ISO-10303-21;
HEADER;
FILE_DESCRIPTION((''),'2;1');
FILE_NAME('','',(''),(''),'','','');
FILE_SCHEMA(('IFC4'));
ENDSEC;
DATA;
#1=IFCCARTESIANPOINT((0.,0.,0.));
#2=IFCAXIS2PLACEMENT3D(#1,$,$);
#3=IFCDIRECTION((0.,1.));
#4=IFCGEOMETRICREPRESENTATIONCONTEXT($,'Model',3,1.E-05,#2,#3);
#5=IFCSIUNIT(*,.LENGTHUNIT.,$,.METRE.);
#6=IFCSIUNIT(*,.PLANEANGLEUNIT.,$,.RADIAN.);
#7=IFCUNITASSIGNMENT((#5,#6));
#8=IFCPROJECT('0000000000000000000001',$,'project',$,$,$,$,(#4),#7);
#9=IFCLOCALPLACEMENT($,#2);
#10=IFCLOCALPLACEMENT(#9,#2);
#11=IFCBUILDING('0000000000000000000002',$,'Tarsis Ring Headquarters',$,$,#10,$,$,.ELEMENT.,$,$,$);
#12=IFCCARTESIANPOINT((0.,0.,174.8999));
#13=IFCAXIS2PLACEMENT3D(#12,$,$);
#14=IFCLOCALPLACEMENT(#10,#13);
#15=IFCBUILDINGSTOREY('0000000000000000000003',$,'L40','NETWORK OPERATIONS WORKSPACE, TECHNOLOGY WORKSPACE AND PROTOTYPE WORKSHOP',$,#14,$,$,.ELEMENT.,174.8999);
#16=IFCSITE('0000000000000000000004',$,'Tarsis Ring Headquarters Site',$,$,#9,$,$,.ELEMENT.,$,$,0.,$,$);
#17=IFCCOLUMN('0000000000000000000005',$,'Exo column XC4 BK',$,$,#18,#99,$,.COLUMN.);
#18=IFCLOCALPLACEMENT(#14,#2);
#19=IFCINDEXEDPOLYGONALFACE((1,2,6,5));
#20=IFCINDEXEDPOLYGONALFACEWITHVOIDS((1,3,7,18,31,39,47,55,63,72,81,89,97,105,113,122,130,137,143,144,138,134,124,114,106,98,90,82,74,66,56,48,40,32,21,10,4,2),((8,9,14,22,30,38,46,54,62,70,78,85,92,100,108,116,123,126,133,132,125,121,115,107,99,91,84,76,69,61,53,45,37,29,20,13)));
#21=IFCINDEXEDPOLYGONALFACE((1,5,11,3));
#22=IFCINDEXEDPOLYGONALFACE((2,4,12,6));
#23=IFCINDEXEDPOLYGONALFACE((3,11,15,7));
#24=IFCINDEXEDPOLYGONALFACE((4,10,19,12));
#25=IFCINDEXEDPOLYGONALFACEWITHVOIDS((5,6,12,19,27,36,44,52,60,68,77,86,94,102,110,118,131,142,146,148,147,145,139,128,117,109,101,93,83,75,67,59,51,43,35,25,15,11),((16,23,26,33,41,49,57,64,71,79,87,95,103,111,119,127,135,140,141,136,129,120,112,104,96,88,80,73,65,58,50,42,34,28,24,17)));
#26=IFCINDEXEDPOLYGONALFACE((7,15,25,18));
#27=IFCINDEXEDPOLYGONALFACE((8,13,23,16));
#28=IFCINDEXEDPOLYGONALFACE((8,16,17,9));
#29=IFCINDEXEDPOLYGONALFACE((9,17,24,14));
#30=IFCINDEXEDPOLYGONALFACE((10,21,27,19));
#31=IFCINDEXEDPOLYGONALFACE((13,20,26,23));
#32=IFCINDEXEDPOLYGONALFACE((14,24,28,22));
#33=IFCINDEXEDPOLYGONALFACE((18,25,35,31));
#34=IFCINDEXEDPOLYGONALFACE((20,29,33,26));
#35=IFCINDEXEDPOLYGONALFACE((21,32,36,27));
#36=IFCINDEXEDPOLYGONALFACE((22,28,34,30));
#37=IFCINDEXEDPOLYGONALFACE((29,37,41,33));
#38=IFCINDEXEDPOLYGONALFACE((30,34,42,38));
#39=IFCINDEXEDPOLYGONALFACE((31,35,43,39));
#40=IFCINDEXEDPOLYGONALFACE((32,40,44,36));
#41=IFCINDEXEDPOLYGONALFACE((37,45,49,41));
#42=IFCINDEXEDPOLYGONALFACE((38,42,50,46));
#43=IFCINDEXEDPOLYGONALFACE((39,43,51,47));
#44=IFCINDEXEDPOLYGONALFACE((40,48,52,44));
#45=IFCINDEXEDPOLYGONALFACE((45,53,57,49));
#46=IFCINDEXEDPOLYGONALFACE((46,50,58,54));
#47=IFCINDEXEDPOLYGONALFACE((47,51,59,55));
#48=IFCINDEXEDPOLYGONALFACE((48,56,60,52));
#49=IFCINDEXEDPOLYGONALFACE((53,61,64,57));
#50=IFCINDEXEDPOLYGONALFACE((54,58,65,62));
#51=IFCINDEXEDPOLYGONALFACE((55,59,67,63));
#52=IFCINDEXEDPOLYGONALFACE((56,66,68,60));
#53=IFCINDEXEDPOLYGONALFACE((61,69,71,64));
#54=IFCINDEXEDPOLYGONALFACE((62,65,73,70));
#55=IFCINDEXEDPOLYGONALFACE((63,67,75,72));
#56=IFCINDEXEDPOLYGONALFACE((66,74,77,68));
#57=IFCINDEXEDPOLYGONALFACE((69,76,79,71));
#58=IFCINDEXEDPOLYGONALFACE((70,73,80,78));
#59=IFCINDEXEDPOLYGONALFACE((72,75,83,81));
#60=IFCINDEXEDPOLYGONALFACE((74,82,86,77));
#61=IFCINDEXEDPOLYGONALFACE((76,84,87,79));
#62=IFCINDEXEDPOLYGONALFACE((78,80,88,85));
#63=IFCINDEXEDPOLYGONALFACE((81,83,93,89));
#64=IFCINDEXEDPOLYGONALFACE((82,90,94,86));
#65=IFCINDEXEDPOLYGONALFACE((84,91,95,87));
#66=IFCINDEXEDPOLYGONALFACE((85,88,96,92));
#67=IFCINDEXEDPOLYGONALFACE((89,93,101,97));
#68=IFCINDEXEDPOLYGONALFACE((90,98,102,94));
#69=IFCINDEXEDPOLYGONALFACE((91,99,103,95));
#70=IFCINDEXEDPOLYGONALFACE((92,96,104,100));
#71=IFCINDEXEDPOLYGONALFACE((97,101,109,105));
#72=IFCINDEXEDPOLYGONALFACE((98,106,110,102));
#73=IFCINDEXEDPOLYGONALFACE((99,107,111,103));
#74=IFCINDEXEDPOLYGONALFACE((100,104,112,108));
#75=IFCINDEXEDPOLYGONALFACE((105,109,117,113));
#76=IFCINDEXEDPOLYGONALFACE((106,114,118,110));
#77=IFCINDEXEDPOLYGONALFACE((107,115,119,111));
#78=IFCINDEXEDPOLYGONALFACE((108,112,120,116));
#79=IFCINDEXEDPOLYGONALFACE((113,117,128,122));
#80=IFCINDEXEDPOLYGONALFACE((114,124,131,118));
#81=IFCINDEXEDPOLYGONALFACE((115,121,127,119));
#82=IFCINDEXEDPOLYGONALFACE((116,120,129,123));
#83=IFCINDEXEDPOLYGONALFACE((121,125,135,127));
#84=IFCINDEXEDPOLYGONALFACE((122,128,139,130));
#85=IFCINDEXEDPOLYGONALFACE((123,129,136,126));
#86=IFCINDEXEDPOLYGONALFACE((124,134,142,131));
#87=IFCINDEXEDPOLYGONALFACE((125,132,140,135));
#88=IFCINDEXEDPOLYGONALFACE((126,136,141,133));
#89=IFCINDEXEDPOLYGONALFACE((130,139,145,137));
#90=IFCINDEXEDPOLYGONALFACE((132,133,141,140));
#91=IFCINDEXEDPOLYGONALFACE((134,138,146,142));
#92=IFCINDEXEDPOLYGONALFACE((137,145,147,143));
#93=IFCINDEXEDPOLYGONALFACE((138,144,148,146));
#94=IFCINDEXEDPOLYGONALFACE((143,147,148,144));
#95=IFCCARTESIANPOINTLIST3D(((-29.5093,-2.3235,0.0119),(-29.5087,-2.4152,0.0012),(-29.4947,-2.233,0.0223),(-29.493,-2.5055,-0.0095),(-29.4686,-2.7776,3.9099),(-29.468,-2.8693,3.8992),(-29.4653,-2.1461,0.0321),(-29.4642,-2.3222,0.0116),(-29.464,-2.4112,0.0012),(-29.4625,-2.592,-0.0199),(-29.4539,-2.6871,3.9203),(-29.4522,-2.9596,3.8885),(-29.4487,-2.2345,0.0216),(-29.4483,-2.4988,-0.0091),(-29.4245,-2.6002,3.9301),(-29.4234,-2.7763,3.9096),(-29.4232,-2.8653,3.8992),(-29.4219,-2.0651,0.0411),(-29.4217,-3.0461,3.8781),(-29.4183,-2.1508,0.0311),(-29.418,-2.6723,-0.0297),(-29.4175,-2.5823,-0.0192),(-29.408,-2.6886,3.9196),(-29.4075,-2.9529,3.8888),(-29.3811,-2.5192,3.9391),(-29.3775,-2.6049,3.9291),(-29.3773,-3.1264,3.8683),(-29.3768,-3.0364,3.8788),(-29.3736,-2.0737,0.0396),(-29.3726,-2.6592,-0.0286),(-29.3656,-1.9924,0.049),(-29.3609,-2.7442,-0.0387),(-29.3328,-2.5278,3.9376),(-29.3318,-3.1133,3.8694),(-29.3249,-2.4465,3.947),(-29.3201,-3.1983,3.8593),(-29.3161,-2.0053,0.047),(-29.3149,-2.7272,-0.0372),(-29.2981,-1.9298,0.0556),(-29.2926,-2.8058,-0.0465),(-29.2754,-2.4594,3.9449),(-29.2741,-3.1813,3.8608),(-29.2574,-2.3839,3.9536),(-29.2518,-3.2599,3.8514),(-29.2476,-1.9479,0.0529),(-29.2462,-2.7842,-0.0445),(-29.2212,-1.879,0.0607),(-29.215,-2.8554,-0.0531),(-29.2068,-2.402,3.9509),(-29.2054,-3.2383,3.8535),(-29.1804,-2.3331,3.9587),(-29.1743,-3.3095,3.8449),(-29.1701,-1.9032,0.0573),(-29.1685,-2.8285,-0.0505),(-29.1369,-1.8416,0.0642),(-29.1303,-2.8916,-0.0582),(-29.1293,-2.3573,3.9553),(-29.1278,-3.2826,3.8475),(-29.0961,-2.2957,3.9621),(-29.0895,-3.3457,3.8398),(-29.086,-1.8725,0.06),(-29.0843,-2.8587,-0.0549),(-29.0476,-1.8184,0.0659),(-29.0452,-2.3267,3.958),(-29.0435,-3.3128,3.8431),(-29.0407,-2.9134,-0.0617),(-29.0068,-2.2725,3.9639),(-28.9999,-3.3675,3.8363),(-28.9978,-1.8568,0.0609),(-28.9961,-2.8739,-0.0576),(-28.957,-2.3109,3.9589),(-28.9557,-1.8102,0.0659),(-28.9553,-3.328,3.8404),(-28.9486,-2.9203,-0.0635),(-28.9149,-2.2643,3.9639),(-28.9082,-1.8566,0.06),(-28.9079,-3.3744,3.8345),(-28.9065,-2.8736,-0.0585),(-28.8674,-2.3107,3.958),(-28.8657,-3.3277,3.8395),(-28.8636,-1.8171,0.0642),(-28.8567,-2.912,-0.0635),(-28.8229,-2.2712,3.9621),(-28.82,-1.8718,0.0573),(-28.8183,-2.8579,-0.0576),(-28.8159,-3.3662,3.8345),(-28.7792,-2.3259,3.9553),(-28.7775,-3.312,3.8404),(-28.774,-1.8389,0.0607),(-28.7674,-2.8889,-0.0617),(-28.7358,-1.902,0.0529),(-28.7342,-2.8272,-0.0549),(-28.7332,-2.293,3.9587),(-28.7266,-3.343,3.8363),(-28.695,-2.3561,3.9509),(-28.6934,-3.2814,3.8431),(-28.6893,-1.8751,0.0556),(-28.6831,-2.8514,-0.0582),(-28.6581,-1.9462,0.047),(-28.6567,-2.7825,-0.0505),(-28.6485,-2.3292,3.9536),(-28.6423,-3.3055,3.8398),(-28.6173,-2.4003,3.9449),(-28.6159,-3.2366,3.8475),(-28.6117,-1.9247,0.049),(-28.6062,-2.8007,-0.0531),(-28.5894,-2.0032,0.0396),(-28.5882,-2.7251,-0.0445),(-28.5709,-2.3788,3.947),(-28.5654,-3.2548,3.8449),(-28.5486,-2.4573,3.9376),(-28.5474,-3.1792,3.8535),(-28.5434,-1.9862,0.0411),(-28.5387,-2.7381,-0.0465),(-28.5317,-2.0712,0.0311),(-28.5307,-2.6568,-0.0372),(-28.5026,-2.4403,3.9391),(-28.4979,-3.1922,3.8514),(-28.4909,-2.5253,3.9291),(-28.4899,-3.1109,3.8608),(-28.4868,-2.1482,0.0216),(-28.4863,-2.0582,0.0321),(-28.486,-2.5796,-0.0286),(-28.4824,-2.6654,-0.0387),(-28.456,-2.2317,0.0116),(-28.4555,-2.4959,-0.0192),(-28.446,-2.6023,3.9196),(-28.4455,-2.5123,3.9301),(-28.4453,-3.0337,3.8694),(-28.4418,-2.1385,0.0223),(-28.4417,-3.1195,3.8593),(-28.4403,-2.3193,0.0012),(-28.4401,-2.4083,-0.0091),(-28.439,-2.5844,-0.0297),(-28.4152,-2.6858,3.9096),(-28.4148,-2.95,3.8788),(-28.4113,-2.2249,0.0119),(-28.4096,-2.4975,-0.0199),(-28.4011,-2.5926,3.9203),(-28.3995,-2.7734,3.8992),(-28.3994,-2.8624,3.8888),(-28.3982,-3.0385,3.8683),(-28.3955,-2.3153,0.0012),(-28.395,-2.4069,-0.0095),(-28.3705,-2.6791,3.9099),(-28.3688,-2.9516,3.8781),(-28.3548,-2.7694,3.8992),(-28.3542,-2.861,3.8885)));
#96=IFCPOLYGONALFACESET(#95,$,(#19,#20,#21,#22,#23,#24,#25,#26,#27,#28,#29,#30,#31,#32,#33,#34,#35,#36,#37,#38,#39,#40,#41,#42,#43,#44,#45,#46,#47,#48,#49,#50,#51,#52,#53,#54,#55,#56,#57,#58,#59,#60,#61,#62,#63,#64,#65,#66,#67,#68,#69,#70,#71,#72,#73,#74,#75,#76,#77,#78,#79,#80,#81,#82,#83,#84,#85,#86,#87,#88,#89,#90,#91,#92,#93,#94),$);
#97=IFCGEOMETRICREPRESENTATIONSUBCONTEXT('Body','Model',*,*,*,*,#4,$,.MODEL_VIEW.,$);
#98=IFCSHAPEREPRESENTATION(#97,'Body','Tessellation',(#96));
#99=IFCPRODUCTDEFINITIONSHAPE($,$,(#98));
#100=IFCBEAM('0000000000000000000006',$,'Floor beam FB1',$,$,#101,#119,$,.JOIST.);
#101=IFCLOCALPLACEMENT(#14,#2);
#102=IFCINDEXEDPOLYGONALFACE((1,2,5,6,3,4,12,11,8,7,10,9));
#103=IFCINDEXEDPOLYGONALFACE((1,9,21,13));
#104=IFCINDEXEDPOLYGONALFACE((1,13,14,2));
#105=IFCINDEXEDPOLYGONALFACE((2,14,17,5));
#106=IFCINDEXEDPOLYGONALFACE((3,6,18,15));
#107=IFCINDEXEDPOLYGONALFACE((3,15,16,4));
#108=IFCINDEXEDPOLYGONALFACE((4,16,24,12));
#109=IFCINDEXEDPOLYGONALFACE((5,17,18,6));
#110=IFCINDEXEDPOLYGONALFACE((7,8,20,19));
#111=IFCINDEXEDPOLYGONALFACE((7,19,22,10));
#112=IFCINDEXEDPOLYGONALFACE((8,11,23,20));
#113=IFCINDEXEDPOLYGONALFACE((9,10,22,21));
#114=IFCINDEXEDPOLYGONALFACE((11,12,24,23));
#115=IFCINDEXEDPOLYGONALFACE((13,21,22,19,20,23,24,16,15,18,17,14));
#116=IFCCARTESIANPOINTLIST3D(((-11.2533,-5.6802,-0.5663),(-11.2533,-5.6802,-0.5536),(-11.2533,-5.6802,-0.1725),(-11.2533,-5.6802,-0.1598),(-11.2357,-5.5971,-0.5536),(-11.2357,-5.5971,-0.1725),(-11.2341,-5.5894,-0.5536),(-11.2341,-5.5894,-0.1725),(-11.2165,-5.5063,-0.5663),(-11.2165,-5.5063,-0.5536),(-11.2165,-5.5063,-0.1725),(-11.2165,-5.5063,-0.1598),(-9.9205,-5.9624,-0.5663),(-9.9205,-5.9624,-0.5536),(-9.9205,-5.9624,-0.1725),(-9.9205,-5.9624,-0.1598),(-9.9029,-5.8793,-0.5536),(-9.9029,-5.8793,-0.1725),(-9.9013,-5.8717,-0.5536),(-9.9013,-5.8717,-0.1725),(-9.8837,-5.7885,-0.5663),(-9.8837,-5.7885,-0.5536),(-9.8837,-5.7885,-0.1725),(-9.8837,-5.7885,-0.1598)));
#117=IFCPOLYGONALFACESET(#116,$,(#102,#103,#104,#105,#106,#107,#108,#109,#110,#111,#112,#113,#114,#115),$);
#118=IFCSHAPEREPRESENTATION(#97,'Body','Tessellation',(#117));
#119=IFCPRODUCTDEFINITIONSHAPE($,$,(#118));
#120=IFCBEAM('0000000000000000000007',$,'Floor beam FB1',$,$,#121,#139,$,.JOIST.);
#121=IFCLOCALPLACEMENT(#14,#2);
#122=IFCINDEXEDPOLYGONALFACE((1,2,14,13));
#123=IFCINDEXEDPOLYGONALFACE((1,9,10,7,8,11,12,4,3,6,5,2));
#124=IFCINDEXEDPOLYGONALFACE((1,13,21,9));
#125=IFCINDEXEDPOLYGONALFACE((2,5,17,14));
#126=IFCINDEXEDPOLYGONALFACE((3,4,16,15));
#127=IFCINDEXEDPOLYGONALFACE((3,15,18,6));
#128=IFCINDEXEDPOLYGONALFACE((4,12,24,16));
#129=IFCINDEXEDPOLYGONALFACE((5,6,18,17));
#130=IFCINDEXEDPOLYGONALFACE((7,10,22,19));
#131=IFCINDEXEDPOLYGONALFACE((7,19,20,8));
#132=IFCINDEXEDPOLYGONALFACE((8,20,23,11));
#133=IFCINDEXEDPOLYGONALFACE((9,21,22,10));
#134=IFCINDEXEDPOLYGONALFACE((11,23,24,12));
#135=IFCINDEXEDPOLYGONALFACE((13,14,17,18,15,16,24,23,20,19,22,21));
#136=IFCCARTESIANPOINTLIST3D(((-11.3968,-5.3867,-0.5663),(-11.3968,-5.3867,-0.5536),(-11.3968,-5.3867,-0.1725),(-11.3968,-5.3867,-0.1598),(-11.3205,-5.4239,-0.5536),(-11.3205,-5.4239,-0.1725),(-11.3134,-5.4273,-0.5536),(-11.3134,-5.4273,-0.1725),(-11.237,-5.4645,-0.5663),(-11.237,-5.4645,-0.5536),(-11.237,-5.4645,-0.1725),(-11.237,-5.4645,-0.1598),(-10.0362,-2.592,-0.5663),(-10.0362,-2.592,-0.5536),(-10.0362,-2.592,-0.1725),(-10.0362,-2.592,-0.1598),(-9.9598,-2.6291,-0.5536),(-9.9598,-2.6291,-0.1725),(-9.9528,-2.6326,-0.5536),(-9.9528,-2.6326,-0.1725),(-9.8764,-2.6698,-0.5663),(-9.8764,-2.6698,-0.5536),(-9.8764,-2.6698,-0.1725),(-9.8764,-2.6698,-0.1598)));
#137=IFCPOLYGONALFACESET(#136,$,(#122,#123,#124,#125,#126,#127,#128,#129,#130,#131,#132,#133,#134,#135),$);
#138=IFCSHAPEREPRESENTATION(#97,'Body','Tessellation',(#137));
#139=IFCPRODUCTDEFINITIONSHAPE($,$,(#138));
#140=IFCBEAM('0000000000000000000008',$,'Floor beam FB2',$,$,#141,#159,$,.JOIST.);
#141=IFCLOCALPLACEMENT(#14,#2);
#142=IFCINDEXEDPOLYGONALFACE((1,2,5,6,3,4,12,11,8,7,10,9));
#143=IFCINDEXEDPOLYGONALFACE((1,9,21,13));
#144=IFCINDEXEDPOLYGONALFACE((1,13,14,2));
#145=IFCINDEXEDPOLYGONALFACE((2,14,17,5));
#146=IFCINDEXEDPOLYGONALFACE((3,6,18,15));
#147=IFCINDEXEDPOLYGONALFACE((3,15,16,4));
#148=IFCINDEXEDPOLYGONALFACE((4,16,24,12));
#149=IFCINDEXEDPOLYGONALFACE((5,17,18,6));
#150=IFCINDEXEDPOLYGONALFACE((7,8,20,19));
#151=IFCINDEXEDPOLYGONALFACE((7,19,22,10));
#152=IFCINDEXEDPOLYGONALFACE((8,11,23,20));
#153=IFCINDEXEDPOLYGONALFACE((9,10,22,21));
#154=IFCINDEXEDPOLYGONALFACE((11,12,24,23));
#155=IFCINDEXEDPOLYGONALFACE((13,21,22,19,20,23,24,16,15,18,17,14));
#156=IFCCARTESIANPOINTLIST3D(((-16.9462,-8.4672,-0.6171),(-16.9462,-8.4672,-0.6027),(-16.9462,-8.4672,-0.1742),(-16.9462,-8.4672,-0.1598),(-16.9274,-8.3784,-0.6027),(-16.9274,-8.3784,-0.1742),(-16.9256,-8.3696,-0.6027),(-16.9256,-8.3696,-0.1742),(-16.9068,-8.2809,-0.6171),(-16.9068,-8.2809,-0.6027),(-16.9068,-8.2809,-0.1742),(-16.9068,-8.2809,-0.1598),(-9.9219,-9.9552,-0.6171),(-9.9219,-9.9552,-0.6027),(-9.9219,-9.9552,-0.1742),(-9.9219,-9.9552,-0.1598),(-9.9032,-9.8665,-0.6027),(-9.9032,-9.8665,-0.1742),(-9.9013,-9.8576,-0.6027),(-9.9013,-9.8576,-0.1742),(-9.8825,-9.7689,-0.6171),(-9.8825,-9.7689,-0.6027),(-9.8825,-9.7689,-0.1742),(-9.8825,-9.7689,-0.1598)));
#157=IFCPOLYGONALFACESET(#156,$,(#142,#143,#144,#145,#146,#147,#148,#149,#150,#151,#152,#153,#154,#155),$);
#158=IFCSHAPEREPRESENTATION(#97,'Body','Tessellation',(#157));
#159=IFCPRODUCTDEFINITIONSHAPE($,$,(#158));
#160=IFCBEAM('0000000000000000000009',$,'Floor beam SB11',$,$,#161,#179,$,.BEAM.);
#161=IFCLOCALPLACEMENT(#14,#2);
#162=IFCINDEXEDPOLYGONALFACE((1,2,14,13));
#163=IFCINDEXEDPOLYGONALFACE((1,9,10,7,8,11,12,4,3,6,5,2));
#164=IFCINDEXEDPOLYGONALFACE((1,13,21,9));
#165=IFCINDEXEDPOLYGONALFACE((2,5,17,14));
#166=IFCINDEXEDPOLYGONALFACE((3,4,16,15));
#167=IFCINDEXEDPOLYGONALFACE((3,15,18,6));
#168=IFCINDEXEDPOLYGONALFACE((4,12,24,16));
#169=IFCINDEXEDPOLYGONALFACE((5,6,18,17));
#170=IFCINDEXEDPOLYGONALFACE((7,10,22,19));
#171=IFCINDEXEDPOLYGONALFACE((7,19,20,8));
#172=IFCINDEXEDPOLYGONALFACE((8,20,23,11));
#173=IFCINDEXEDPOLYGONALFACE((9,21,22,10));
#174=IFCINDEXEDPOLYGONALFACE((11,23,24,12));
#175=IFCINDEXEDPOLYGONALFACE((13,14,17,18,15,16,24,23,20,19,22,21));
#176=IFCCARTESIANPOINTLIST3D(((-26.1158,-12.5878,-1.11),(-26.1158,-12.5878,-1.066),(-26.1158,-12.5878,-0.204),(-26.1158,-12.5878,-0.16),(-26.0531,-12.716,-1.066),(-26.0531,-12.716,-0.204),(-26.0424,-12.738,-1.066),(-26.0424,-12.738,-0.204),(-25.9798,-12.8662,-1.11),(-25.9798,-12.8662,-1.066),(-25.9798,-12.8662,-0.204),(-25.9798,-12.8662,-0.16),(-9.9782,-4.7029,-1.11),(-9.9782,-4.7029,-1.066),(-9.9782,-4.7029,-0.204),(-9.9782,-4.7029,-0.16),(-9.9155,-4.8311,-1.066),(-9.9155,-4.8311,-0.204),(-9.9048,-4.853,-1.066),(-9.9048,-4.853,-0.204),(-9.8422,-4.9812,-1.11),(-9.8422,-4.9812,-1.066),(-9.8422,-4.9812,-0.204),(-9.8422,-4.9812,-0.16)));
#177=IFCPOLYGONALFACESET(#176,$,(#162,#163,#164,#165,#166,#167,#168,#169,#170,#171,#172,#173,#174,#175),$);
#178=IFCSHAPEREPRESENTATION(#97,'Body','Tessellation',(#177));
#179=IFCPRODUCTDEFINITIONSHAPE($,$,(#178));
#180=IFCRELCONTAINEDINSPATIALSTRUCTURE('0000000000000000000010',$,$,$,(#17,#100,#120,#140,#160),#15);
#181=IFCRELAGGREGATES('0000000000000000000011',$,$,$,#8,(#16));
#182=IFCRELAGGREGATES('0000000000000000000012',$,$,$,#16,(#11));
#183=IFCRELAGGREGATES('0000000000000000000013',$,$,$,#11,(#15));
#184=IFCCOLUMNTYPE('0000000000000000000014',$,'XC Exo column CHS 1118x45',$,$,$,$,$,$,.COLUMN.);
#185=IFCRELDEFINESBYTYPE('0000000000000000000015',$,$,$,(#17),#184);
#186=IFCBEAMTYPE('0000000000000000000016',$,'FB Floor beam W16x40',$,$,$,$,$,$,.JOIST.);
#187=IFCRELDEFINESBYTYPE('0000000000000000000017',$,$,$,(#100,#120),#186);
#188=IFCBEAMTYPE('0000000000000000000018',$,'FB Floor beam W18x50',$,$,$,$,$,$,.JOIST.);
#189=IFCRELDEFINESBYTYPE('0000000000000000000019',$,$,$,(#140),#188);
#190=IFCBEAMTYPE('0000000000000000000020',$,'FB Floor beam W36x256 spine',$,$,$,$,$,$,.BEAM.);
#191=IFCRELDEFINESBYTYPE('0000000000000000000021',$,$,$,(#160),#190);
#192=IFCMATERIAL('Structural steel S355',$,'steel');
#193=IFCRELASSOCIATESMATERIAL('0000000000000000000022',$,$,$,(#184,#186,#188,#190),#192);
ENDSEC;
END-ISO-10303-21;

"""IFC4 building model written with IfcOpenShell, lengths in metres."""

from ifc_helpers import new_model, si_unit, direction, frame, origin, origin_2d, place, context, subcontext, project, spatial, hollow_circle, i_section, extrude, material, material_profile, profile_set, type_object, element, save


model = new_model("IFC4")

# Units and contexts
model_context = context("Model", 3, precision=1e-05, world=origin(), true_north=direction((0.0, 1.0)))
body_context = subcontext(model_context, "Body", "Model", "MODEL_VIEW")
ifc_project = project(units=[si_unit("LENGTHUNIT", "METRE"), si_unit("PLANEANGLEUNIT", "RADIAN")], contexts=[model_context])

# Site, building, storey
site_placement = place(None, origin())
site = spatial("IfcSite", under=ifc_project, at=site_placement, Name="Tarsis Ring Headquarters Site", CompositionType="ELEMENT", RefElevation=0.0)
building_placement = place(site_placement, origin())
building = spatial("IfcBuilding", under=site, at=building_placement, Name="Tarsis Ring Headquarters", CompositionType="ELEMENT")
storey_placement = place(building_placement, frame((0.0, 0.0, 174.8999)))
storey = spatial("IfcBuildingStorey", under=building, at=storey_placement, Name="L40", Description="NETWORK OPERATIONS WORKSPACE, TECHNOLOGY WORKSPACE AND PROTOTYPE WORKSHOP", CompositionType="ELEMENT", Elevation=174.8999)

# Column
ifc_material_1 = material(Name="Structural steel S355", Category="steel")
ifc_material_profile_1 = material_profile(ifc_material_1, hollow_circle(Radius=0.5588, WallThickness=0.0449, at=origin_2d()), Name="CHS 1118x45")
ifc_profile_set_1 = profile_set([ifc_material_profile_1], Name="Structural steel S355")
column_type = type_object("IfcColumnType", Name="XC Exo column CHS 1118x45", PredefinedType="COLUMN", material=ifc_profile_set_1)
column_placement = place(storey_placement, frame((-28.9521, -2.3652, 0.0012), z_axis=(0.010389, -0.115709, 0.993229), x_axis=(0.995994, 0.089425, 0.0)))
element("IfcColumn", 1, at=column_placement, inside=storey, type_object=column_type, Name="Exo column XC4 BK", PredefinedType="COLUMN", context=body_context, shape_type="SweptSolid", body=[
    extrude(hollow_circle(Radius=0.5588, WallThickness=0.0449, at=origin_2d()), origin(), (0.0, 0.0, 1.0), 3.9246),
])

# Beams
ifc_material_profile_2 = material_profile(ifc_material_1, i_section(OverallWidth=0.1777, OverallDepth=0.4065, WebThickness=0.0078, FlangeThickness=0.0127, at=origin_2d()), Name="W16x40")
ifc_profile_set_2 = profile_set([ifc_material_profile_2], Name="Structural steel S355")
beam_type_1 = type_object("IfcBeamType", Name="FB Floor beam W16x40", PredefinedType="JOIST", material=ifc_profile_set_2)
beam_1_placement = place(storey_placement, frame((-11.2349, -5.5933, -0.363), z_axis=(0.978306, -0.207166, 0.0), x_axis=(0.207166, 0.978306, 0.0)))
element("IfcBeam", 2, at=beam_1_placement, inside=storey, type_object=beam_type_1, Name="Floor beam FB1", PredefinedType="JOIST", context=body_context, shape_type="SweptSolid", body=[
    extrude(i_section(OverallWidth=0.1777, OverallDepth=0.4065, WebThickness=0.0078, FlangeThickness=0.0127, at=origin_2d()), origin(), (0.0, 0.0, 1.0), 1.3623),
])
beam_2_placement = place(storey_placement, frame((-9.9563, -2.6309, -0.363), z_axis=(-0.437732, -0.899106, 0.0), x_axis=(0.899106, -0.437732, 0.0)))
element("IfcBeam", 3, at=beam_2_placement, inside=storey, type_object=beam_type_1, Name="Floor beam FB1", PredefinedType="JOIST", context=body_context, shape_type="SweptSolid", body=[
    extrude(i_section(OverallWidth=0.1777, OverallDepth=0.4065, WebThickness=0.0078, FlangeThickness=0.0127, at=origin_2d()), origin(), (0.0, 0.0, 1.0), 3.1084),
])
ifc_material_profile_3 = material_profile(ifc_material_1, i_section(OverallWidth=0.1904, OverallDepth=0.4573, WebThickness=0.009, FlangeThickness=0.0144, at=origin_2d()), Name="W18x50")
ifc_profile_set_3 = profile_set([ifc_material_profile_3], Name="Structural steel S355")
beam_type_2 = type_object("IfcBeamType", Name="FB Floor beam W18x50", PredefinedType="JOIST", material=ifc_profile_set_3)
beam_3_placement = place(storey_placement, frame((-16.9265, -8.374, -0.3884), z_axis=(0.97829, -0.207239, 0.0), x_axis=(0.207239, 0.97829, 0.0)))
element("IfcBeam", 4, at=beam_3_placement, inside=storey, type_object=beam_type_2, Name="Floor beam FB2", PredefinedType="JOIST", context=body_context, shape_type="SweptSolid", body=[
    extrude(i_section(OverallWidth=0.1904, OverallDepth=0.4573, WebThickness=0.009, FlangeThickness=0.0144, at=origin_2d()), origin(), (0.0, 0.0, 1.0), 7.1802),
])
ifc_material_profile_4 = material_profile(ifc_material_1, i_section(OverallWidth=0.3098, OverallDepth=0.95, WebThickness=0.0244, FlangeThickness=0.0439, at=origin_2d()), Name="W36x256")
ifc_profile_set_4 = profile_set([ifc_material_profile_4], Name="Structural steel S355")
beam_type_3 = type_object("IfcBeamType", Name="FB Floor beam W36x256 spine", PredefinedType="BEAM", material=ifc_profile_set_4)
beam_4_placement = place(storey_placement, frame((-9.9102, -4.842, -0.635), z_axis=(-0.898484, -0.439007, 0.0), x_axis=(0.439007, -0.898484, 0.0)))
element("IfcBeam", 5, at=beam_4_placement, inside=storey, type_object=beam_type_3, Name="Floor beam SB11", PredefinedType="BEAM", context=body_context, shape_type="SweptSolid", body=[
    extrude(i_section(OverallWidth=0.3098, OverallDepth=0.95, WebThickness=0.0244, FlangeThickness=0.0439, at=origin_2d()), origin(), (0.0, 0.0, 1.0), 17.9609),
])

save(model, "model.ifc")
